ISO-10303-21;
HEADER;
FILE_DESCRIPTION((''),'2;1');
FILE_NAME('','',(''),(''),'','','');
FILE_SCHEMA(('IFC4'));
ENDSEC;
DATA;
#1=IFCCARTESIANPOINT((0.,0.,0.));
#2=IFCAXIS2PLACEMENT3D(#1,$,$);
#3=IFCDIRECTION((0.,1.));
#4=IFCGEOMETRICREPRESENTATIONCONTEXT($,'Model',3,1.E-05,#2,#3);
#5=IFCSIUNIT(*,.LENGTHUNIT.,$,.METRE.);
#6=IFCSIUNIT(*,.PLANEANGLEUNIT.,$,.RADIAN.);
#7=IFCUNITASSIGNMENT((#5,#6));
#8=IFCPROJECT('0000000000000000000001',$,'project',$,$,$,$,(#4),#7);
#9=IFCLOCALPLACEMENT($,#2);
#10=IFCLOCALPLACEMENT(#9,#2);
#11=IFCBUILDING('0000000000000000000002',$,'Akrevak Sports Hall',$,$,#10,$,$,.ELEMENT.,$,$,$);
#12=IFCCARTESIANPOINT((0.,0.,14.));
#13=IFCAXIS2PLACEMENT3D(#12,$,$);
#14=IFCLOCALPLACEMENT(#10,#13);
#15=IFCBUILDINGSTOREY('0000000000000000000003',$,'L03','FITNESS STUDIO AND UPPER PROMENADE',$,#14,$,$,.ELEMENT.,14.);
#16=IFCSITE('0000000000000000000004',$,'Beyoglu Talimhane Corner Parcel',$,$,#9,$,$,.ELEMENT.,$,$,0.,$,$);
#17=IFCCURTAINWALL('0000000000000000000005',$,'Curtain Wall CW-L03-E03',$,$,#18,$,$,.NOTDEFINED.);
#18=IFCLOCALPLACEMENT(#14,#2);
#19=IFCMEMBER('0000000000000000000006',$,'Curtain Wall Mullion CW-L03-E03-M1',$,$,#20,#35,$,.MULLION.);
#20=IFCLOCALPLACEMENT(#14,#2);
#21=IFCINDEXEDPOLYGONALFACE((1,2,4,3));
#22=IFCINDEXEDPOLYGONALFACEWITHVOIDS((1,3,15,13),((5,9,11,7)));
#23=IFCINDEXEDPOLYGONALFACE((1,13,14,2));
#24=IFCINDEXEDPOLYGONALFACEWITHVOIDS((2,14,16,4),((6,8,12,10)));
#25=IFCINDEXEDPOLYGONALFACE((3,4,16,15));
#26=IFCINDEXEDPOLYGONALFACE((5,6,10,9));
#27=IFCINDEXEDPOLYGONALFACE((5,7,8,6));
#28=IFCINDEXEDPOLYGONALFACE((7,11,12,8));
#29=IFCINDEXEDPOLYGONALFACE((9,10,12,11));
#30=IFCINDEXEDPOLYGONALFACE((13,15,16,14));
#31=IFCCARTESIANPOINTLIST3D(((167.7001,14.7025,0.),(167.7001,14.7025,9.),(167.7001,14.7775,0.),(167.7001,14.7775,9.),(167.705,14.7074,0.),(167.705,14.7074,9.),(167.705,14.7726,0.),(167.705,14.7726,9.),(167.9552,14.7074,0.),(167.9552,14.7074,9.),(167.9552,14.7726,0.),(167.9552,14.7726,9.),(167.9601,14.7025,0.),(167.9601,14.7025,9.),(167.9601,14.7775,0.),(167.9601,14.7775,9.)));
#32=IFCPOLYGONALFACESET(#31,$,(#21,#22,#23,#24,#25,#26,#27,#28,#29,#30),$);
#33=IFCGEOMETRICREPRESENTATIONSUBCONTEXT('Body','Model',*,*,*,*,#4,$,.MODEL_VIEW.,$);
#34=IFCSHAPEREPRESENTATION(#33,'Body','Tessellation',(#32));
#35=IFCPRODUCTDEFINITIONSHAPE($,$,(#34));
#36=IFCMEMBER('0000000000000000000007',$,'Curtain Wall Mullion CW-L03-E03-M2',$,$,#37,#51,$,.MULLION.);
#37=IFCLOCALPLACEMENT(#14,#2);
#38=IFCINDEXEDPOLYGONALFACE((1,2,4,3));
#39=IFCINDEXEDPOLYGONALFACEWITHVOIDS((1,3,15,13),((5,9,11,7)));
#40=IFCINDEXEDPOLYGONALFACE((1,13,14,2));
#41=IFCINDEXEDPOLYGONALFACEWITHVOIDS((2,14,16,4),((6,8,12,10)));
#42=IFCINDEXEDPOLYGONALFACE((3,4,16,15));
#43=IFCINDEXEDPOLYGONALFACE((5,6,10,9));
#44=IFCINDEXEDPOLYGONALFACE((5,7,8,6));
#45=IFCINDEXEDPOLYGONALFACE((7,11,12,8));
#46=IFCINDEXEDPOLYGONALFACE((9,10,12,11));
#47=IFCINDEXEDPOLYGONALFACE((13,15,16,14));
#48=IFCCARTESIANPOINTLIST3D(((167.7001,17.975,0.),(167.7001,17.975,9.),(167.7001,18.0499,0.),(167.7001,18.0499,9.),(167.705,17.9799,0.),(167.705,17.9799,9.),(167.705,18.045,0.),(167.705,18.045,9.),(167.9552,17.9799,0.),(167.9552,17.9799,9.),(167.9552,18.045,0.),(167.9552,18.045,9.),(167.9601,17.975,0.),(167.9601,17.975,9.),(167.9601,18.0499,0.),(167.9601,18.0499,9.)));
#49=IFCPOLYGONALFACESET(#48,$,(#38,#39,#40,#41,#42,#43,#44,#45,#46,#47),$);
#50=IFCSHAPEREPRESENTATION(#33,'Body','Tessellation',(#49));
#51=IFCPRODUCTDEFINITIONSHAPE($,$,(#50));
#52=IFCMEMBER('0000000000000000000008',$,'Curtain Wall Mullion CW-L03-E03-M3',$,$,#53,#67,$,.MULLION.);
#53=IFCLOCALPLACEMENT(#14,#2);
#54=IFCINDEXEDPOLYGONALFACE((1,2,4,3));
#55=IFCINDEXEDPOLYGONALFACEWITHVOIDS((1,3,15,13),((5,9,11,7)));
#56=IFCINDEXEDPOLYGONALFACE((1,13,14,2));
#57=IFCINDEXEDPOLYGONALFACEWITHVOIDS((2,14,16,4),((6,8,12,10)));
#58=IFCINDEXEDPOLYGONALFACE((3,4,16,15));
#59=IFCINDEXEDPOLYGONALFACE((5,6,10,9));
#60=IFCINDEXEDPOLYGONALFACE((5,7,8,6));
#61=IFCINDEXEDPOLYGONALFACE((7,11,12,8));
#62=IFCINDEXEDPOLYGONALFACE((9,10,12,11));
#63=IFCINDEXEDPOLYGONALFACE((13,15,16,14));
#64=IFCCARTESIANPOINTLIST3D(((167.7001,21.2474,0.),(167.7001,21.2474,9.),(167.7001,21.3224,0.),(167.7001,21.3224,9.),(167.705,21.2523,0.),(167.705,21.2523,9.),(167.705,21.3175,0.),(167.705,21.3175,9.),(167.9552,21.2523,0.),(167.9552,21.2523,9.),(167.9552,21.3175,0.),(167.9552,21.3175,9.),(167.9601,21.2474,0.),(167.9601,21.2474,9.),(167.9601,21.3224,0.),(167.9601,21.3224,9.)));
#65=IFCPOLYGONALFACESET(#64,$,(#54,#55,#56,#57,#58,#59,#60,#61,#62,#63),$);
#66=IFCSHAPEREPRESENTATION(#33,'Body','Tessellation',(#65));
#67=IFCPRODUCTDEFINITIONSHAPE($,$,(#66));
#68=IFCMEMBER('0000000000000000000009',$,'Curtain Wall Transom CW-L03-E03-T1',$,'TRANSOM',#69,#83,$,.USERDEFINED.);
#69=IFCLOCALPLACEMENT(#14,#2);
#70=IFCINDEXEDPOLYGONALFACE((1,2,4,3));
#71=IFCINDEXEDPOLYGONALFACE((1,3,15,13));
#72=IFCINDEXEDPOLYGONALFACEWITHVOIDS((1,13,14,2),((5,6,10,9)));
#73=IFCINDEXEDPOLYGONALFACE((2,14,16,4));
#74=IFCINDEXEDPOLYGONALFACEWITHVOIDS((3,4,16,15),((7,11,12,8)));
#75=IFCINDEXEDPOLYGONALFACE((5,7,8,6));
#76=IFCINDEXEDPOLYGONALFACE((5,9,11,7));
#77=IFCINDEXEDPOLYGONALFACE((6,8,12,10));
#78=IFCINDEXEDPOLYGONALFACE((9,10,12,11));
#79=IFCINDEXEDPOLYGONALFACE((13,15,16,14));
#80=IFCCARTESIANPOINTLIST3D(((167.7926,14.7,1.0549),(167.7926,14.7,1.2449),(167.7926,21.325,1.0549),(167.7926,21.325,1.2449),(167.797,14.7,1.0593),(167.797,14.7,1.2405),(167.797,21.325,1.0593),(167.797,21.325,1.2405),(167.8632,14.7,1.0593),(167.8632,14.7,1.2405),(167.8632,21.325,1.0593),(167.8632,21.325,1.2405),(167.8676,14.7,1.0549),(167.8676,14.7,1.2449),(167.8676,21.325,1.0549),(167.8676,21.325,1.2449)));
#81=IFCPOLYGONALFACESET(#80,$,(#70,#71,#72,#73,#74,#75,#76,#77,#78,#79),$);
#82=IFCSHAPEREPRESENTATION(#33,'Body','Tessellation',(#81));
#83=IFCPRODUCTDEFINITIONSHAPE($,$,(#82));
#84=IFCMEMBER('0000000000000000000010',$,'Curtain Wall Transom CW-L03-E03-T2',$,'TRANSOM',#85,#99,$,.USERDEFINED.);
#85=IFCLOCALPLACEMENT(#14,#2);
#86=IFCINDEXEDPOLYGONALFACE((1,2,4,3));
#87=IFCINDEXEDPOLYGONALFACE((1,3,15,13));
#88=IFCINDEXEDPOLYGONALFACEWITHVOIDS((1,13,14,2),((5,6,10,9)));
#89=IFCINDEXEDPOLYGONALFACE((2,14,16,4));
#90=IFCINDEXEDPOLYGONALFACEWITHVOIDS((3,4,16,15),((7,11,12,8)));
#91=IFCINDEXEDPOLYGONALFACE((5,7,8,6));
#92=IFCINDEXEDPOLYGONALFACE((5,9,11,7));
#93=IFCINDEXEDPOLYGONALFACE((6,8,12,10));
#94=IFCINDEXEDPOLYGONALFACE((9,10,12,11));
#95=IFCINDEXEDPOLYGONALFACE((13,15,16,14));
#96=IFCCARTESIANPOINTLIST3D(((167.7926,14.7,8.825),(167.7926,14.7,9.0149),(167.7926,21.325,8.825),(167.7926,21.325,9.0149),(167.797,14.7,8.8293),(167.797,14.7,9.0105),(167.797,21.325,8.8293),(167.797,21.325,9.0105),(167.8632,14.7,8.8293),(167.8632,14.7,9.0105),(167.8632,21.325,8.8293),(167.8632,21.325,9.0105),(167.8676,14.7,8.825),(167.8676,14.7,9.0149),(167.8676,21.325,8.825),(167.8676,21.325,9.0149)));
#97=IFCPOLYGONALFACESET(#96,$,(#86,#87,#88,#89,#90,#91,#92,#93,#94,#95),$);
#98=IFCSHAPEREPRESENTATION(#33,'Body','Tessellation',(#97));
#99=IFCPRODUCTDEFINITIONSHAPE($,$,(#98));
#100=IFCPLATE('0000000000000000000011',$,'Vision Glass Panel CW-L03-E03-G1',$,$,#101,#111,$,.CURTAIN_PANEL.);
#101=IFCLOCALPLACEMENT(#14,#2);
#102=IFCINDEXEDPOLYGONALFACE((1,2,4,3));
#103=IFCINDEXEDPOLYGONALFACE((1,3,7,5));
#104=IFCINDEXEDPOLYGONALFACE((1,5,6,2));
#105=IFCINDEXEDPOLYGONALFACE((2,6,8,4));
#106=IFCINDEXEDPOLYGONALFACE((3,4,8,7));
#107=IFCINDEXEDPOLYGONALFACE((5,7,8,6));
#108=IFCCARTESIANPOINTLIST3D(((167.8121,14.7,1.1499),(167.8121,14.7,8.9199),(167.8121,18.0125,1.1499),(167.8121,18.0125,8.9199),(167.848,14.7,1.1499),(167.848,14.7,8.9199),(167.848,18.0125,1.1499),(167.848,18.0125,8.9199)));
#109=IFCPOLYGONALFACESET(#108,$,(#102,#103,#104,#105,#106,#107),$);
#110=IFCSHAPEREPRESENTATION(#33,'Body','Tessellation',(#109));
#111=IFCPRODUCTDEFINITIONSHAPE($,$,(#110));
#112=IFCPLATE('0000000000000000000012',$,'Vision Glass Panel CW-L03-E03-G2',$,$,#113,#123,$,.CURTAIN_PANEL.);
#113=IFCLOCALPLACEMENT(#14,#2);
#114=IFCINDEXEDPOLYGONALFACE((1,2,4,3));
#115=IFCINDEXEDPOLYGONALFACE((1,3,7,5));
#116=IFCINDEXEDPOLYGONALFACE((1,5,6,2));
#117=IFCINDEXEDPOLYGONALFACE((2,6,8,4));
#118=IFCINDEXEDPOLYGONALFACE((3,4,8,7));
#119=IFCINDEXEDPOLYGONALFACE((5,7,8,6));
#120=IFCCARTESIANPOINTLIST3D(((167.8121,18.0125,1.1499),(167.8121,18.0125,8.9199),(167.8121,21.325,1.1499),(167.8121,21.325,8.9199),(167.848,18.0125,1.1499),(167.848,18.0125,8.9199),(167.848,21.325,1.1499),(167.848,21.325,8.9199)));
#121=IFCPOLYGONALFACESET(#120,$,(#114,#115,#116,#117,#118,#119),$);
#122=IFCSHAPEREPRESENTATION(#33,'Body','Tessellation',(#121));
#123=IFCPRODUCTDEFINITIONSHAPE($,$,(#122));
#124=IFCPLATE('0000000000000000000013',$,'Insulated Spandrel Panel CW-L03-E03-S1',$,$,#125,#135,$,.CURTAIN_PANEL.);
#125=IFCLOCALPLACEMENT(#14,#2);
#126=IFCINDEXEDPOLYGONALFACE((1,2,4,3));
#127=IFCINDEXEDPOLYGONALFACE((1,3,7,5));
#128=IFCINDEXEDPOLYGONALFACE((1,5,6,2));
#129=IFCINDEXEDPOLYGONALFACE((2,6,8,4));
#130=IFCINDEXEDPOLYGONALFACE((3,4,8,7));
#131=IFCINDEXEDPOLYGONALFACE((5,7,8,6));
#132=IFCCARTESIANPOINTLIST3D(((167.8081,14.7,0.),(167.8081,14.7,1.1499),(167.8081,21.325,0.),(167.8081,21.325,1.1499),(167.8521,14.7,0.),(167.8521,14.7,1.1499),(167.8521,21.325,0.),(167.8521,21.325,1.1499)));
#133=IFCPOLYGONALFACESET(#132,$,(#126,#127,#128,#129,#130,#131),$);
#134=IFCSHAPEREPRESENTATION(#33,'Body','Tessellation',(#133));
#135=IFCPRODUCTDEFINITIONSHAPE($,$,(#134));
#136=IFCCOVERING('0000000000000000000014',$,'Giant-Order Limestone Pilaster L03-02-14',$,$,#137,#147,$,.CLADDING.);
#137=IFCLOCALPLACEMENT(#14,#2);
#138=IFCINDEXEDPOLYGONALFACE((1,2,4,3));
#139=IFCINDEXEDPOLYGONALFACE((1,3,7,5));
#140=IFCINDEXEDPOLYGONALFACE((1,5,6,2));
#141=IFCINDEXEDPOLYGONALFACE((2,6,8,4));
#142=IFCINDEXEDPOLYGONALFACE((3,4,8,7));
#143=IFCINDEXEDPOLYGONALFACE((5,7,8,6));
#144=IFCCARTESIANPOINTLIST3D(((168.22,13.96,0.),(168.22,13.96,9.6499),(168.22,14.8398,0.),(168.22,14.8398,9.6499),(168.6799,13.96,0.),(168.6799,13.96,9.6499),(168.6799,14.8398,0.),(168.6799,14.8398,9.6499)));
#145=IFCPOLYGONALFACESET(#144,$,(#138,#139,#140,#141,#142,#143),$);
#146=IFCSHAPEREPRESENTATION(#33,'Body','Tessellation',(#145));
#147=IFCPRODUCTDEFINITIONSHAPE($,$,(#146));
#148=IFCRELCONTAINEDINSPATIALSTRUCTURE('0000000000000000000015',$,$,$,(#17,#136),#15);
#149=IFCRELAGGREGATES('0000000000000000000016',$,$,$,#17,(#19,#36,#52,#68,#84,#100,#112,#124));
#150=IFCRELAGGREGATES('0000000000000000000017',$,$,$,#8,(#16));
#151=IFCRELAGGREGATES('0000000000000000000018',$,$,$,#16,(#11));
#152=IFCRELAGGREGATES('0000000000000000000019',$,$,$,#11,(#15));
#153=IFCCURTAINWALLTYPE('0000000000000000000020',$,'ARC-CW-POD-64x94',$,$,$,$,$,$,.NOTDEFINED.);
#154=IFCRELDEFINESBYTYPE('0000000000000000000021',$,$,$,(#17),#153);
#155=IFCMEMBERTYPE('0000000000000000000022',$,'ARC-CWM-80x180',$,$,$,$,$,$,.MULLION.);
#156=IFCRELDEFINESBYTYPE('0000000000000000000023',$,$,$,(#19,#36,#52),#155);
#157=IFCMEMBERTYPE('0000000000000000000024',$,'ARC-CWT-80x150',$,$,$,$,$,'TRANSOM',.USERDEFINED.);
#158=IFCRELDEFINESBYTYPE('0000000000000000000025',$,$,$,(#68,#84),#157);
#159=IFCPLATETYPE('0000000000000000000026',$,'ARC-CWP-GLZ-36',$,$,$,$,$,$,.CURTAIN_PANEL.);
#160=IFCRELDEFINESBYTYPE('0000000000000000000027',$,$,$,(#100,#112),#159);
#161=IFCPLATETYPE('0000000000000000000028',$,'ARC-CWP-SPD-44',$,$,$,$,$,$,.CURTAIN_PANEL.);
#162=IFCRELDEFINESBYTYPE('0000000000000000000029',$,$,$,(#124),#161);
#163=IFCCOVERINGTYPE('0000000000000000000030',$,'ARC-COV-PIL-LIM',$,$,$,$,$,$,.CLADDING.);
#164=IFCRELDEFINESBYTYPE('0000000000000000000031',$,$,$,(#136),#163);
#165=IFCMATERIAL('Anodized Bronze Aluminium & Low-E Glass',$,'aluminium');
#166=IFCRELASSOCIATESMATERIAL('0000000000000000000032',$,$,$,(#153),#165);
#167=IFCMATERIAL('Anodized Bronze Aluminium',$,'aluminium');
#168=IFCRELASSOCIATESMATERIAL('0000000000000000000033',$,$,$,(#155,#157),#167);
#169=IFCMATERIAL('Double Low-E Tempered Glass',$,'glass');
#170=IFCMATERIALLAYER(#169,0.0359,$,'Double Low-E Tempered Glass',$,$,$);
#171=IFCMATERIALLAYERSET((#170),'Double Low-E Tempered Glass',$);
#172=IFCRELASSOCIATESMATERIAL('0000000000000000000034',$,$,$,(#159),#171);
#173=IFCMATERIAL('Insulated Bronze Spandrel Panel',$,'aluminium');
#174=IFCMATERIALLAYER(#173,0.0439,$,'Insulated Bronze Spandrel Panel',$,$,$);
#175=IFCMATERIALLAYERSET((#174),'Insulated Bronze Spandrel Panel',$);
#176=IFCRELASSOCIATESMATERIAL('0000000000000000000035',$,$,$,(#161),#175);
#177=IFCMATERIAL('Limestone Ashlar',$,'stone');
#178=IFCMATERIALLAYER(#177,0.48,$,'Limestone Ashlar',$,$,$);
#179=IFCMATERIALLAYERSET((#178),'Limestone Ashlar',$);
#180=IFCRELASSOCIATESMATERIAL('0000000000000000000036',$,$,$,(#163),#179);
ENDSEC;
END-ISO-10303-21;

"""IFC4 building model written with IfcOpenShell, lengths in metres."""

from ifc_helpers import new_model, si_unit, direction, frame, origin, origin_2d, place, context, subcontext, project, spatial, rectangle, hollow_rectangle, extrude, material, layer, layer_set, material_profile, profile_set, type_object, element, aggregate, save


model = new_model("IFC4")

# Units and contexts
model_context = context("Model", 3, precision=1e-05, world=origin(), true_north=direction((0.0, 1.0)))
body_context = subcontext(model_context, "Body", "Model", "MODEL_VIEW")
ifc_project = project(units=[si_unit("LENGTHUNIT", "METRE"), si_unit("PLANEANGLEUNIT", "RADIAN")], contexts=[model_context])

# Site, building, storey
site_placement = place(None, origin())
site = spatial("IfcSite", under=ifc_project, at=site_placement, Name="Beyoglu Talimhane Corner Parcel", CompositionType="ELEMENT", RefElevation=0.0)
building_placement = place(site_placement, origin())
building = spatial("IfcBuilding", under=site, at=building_placement, Name="Akrevak Sports Hall", CompositionType="ELEMENT")
storey_placement = place(building_placement, frame((0.0, 0.0, 14.0)))
storey = spatial("IfcBuildingStorey", under=building, at=storey_placement, Name="L03", Description="FITNESS STUDIO AND UPPER PROMENADE", CompositionType="ELEMENT", Elevation=14.0)

# Curtain wall, members, plates
ifc_material_1 = material(Name="Anodized Bronze Aluminium & Low-E Glass", Category="aluminium")
curtain_wall_type = type_object("IfcCurtainWallType", Name="ARC-CW-POD-64x94", PredefinedType="NOTDEFINED", material=ifc_material_1)
curtain_wall_placement = place(storey_placement, origin())
curtain_wall = element("IfcCurtainWall", 1, at=curtain_wall_placement, inside=storey, type_object=curtain_wall_type, Name="Curtain Wall CW-L03-E03", PredefinedType="NOTDEFINED")
ifc_material_2 = material(Name="Anodized Bronze Aluminium", Category="aluminium")
ifc_material_profile_1 = material_profile(ifc_material_2, hollow_rectangle(XDim=0.075, YDim=0.26, WallThickness=0.0049, at=origin_2d()), Name="CWM 75x260", Category="aluminium")
ifc_profile_set_1 = profile_set([ifc_material_profile_1], Name="Anodized Bronze Aluminium")
member_type_1 = type_object("IfcMemberType", Name="ARC-CWM-80x180", PredefinedType="MULLION", material=ifc_profile_set_1)
member_1_placement = place(storey_placement, frame((167.8301, 14.74, 0.0), z_axis=(0.0, 0.0, 1.0), x_axis=(0.0, 1.0, 0.0)))
member_1 = element("IfcMember", 2, at=member_1_placement, type_object=member_type_1, Name="Curtain Wall Mullion CW-L03-E03-M1", PredefinedType="MULLION", context=body_context, shape_type="SweptSolid", body=[
    extrude(hollow_rectangle(XDim=0.075, YDim=0.26, WallThickness=0.0049, at=origin_2d()), origin(), (0.0, 0.0, 1.0), 9.0),
])
member_2_placement = place(storey_placement, frame((167.8301, 18.0125, 0.0), z_axis=(0.0, 0.0, 1.0), x_axis=(0.0, 1.0, 0.0)))
member_2 = element("IfcMember", 3, at=member_2_placement, type_object=member_type_1, Name="Curtain Wall Mullion CW-L03-E03-M2", PredefinedType="MULLION", context=body_context, shape_type="SweptSolid", body=[
    extrude(hollow_rectangle(XDim=0.075, YDim=0.26, WallThickness=0.0049, at=origin_2d()), origin(), (0.0, 0.0, 1.0), 9.0),
])
member_3_placement = place(storey_placement, frame((167.8301, 21.2849, 0.0), z_axis=(0.0, 0.0, 1.0), x_axis=(0.0, 1.0, 0.0)))
member_3 = element("IfcMember", 4, at=member_3_placement, type_object=member_type_1, Name="Curtain Wall Mullion CW-L03-E03-M3", PredefinedType="MULLION", context=body_context, shape_type="SweptSolid", body=[
    extrude(hollow_rectangle(XDim=0.075, YDim=0.26, WallThickness=0.0049, at=origin_2d()), origin(), (0.0, 0.0, 1.0), 9.0),
])
ifc_material_profile_2 = material_profile(ifc_material_2, hollow_rectangle(XDim=0.075, YDim=0.1899, WallThickness=0.0044, at=origin_2d()), Name="CWT 75x190", Category="aluminium")
ifc_profile_set_2 = profile_set([ifc_material_profile_2], Name="Anodized Bronze Aluminium")
member_type_2 = type_object("IfcMemberType", Name="ARC-CWT-80x150", ElementType="TRANSOM", PredefinedType="USERDEFINED", material=ifc_profile_set_2)
member_4_placement = place(storey_placement, frame((167.8301, 14.7, 1.1499), z_axis=(0.0, 1.0, 0.0), x_axis=(-1.0, 0.0, 0.0)))
member_4 = element("IfcMember", 5, at=member_4_placement, type_object=member_type_2, Name="Curtain Wall Transom CW-L03-E03-T1", ObjectType="TRANSOM", PredefinedType="USERDEFINED", context=body_context, shape_type="SweptSolid", body=[
    extrude(hollow_rectangle(XDim=0.075, YDim=0.1899, WallThickness=0.0044, at=origin_2d()), origin(), (0.0, 0.0, 1.0), 6.625),
])
member_5_placement = place(storey_placement, frame((167.8301, 14.7, 8.9199), z_axis=(0.0, 1.0, 0.0), x_axis=(-1.0, 0.0, 0.0)))
member_5 = element("IfcMember", 6, at=member_5_placement, type_object=member_type_2, Name="Curtain Wall Transom CW-L03-E03-T2", ObjectType="TRANSOM", PredefinedType="USERDEFINED", context=body_context, shape_type="SweptSolid", body=[
    extrude(hollow_rectangle(XDim=0.075, YDim=0.1899, WallThickness=0.0044, at=origin_2d()), origin(), (0.0, 0.0, 1.0), 6.625),
])
ifc_material_3 = material(Name="Double Low-E Tempered Glass", Category="glass")
ifc_layer_1 = layer(ifc_material_3, 0.0359, Name="Double Low-E Tempered Glass")
ifc_layer_set_1 = layer_set([ifc_layer_1], Name="Double Low-E Tempered Glass")
plate_type_1 = type_object("IfcPlateType", Name="ARC-CWP-GLZ-36", PredefinedType="CURTAIN_PANEL", material=ifc_layer_set_1)
plate_1_placement = place(storey_placement, frame((167.8301, 16.3562, 1.1499), z_axis=(0.0, 0.0, 1.0), x_axis=(0.0, 1.0, 0.0)))
plate_1 = element("IfcPlate", 7, at=plate_1_placement, type_object=plate_type_1, Name="Vision Glass Panel CW-L03-E03-G1", PredefinedType="CURTAIN_PANEL", context=body_context, shape_type="SweptSolid", body=[
    extrude(rectangle(XDim=3.3125, YDim=0.0359, at=origin_2d()), origin(), (0.0, 0.0, 1.0), 7.77),
])
plate_2_placement = place(storey_placement, frame((167.8301, 19.6687, 1.1499), z_axis=(0.0, 0.0, 1.0), x_axis=(0.0, 1.0, 0.0)))
plate_2 = element("IfcPlate", 8, at=plate_2_placement, type_object=plate_type_1, Name="Vision Glass Panel CW-L03-E03-G2", PredefinedType="CURTAIN_PANEL", context=body_context, shape_type="SweptSolid", body=[
    extrude(rectangle(XDim=3.3125, YDim=0.0359, at=origin_2d()), origin(), (0.0, 0.0, 1.0), 7.77),
])
ifc_material_4 = material(Name="Insulated Bronze Spandrel Panel", Category="aluminium")
ifc_layer_2 = layer(ifc_material_4, 0.0439, Name="Insulated Bronze Spandrel Panel")
ifc_layer_set_2 = layer_set([ifc_layer_2], Name="Insulated Bronze Spandrel Panel")
plate_type_2 = type_object("IfcPlateType", Name="ARC-CWP-SPD-44", PredefinedType="CURTAIN_PANEL", material=ifc_layer_set_2)
plate_3_placement = place(storey_placement, frame((167.8301, 18.0125, 0.0), z_axis=(0.0, 0.0, 1.0), x_axis=(0.0, 1.0, 0.0)))
plate_3 = element("IfcPlate", 9, at=plate_3_placement, type_object=plate_type_2, Name="Insulated Spandrel Panel CW-L03-E03-S1", PredefinedType="CURTAIN_PANEL", context=body_context, shape_type="SweptSolid", body=[
    extrude(rectangle(XDim=6.625, YDim=0.0439, at=origin_2d()), origin(), (0.0, 0.0, 1.0), 1.1499),
])
aggregate(curtain_wall, [member_1, member_2, member_3, member_4, member_5, plate_1, plate_2, plate_3])

# Covering
ifc_material_5 = material(Name="Limestone Ashlar", Category="stone")
ifc_layer_3 = layer(ifc_material_5, 0.48, Name="Limestone Ashlar")
ifc_layer_set_3 = layer_set([ifc_layer_3], Name="Limestone Ashlar")
covering_type = type_object("IfcCoveringType", Name="ARC-COV-PIL-LIM", PredefinedType="CLADDING", material=ifc_layer_set_3)
covering_placement = place(storey_placement, frame((168.45, 14.3999, 0.0), z_axis=(0.0, 0.0, 1.0), x_axis=(0.0, 1.0, 0.0)))
element("IfcCovering", 10, at=covering_placement, inside=storey, type_object=covering_type, Name="Giant-Order Limestone Pilaster L03-02-14", PredefinedType="CLADDING", context=body_context, shape_type="SweptSolid", body=[
    extrude(rectangle(XDim=0.8799, YDim=0.46, at=origin_2d()), origin(), (0.0, 0.0, 1.0), 9.6499),
])

save(model, "model.ifc")
